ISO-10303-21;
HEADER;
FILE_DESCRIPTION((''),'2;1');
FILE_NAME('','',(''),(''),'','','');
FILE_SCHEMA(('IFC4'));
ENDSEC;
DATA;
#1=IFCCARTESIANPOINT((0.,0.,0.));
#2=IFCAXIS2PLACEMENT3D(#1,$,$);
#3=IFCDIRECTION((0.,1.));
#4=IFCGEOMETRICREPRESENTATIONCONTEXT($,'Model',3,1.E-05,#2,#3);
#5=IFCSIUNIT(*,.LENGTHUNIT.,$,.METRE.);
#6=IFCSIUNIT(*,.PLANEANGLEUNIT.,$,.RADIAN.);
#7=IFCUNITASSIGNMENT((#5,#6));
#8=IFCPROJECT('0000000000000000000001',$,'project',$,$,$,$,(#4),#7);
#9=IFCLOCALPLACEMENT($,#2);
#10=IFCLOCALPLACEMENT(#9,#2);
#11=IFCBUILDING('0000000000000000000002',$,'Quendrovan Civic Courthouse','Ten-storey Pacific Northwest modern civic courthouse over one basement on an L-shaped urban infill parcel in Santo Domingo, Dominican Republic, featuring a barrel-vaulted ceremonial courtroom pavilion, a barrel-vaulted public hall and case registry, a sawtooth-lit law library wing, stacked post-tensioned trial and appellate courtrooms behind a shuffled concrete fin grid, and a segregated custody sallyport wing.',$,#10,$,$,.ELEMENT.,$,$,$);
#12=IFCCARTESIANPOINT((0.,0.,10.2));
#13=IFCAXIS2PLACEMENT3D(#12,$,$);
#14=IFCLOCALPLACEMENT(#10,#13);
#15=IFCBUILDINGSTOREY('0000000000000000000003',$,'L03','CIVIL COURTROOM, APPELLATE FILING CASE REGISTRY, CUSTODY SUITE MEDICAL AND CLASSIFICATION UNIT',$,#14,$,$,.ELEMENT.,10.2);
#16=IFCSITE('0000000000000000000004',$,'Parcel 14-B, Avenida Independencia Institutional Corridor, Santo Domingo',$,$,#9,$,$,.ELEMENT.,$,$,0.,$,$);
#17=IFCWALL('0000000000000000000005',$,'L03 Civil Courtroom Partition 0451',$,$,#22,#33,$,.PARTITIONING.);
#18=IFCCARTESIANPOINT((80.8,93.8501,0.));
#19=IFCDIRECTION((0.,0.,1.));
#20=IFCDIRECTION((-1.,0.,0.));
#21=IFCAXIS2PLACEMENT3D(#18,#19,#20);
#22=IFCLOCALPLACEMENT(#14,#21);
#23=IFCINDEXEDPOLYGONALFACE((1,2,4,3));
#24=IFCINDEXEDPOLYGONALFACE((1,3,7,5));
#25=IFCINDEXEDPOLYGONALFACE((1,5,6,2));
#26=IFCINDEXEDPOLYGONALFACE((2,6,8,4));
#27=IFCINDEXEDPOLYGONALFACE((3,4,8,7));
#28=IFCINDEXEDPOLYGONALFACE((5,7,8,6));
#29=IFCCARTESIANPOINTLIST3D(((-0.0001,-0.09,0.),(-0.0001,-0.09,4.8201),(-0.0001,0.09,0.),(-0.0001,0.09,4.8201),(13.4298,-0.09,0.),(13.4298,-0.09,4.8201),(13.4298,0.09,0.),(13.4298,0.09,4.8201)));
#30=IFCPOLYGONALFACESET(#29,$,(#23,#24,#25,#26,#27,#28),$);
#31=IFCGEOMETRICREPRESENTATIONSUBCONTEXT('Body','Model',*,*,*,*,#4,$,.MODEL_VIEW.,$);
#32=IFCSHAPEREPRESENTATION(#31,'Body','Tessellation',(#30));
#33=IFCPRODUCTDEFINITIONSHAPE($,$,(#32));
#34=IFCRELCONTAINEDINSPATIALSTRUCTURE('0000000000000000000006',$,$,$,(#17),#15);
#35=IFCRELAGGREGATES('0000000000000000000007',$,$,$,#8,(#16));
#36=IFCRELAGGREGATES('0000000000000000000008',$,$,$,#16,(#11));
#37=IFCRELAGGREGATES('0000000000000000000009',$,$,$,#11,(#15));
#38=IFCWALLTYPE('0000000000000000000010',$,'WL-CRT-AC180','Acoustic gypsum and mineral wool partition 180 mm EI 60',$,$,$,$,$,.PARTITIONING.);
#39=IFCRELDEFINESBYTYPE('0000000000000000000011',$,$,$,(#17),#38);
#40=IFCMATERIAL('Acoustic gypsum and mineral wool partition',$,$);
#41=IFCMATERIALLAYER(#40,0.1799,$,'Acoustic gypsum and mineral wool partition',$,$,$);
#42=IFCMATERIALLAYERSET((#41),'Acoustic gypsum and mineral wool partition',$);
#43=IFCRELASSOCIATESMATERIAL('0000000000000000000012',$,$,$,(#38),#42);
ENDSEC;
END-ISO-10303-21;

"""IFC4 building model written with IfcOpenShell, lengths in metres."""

from ifc_helpers import new_model, si_unit, direction, frame, frame_2d, origin, place, context, subcontext, project, spatial, rectangle, extrude, material, layer, layer_set, type_object, element, save


model = new_model("IFC4")

# Units and contexts
model_context = context("Model", 3, precision=1e-05, world=origin(), true_north=direction((0.0, 1.0)))
body_context = subcontext(model_context, "Body", "Model", "MODEL_VIEW")
ifc_project = project(units=[si_unit("LENGTHUNIT", "METRE"), si_unit("PLANEANGLEUNIT", "RADIAN")], contexts=[model_context])

# Site, building, storey
site_placement = place(None, origin())
site = spatial("IfcSite", under=ifc_project, at=site_placement, Name="Parcel 14-B, Avenida Independencia Institutional Corridor, Santo Domingo", CompositionType="ELEMENT", RefElevation=0.0)
building_placement = place(site_placement, origin())
building = spatial("IfcBuilding", under=site, at=building_placement, Name="Quendrovan Civic Courthouse", Description="Ten-storey Pacific Northwest modern civic courthouse over one basement on an L-shaped urban infill parcel in Santo Domingo, Dominican Republic, featuring a barrel-vaulted ceremonial courtroom pavilion, a barrel-vaulted public hall and case registry, a sawtooth-lit law library wing, stacked post-tensioned trial and appellate courtrooms behind a shuffled concrete fin grid, and a segregated custody sallyport wing.", CompositionType="ELEMENT")
storey_placement = place(building_placement, frame((0.0, 0.0, 10.2)))
storey = spatial("IfcBuildingStorey", under=building, at=storey_placement, Name="L03", Description="CIVIL COURTROOM, APPELLATE FILING CASE REGISTRY, CUSTODY SUITE MEDICAL AND CLASSIFICATION UNIT", CompositionType="ELEMENT", Elevation=10.2)

# Wall
ifc_material_1 = material(Name="Acoustic gypsum and mineral wool partition")
ifc_layer_1 = layer(ifc_material_1, 0.1799, Name="Acoustic gypsum and mineral wool partition")
ifc_layer_set_1 = layer_set([ifc_layer_1], Name="Acoustic gypsum and mineral wool partition")
wall_type_1 = type_object("IfcWallType", Name="WL-CRT-AC180", Description="Acoustic gypsum and mineral wool partition 180 mm EI 60", PredefinedType="PARTITIONING", material=ifc_layer_set_1)
wall_1_placement = place(storey_placement, frame((80.8, 93.8501, 0.0), z_axis=(0.0, 0.0, 1.0), x_axis=(-1.0, 0.0, 0.0)))
element("IfcWall", 1, at=wall_1_placement, inside=storey, type_object=wall_type_1, Name="L03 Civil Courtroom Partition 0451", PredefinedType="PARTITIONING", context=body_context, shape_type="SweptSolid", body=[
    extrude(rectangle(XDim=13.4299, YDim=0.1799, at=frame_2d((6.7148, 0.0))), origin(), (0.0, 0.0, 1.0), 4.8201),
])

save(model, "model.ifc")
